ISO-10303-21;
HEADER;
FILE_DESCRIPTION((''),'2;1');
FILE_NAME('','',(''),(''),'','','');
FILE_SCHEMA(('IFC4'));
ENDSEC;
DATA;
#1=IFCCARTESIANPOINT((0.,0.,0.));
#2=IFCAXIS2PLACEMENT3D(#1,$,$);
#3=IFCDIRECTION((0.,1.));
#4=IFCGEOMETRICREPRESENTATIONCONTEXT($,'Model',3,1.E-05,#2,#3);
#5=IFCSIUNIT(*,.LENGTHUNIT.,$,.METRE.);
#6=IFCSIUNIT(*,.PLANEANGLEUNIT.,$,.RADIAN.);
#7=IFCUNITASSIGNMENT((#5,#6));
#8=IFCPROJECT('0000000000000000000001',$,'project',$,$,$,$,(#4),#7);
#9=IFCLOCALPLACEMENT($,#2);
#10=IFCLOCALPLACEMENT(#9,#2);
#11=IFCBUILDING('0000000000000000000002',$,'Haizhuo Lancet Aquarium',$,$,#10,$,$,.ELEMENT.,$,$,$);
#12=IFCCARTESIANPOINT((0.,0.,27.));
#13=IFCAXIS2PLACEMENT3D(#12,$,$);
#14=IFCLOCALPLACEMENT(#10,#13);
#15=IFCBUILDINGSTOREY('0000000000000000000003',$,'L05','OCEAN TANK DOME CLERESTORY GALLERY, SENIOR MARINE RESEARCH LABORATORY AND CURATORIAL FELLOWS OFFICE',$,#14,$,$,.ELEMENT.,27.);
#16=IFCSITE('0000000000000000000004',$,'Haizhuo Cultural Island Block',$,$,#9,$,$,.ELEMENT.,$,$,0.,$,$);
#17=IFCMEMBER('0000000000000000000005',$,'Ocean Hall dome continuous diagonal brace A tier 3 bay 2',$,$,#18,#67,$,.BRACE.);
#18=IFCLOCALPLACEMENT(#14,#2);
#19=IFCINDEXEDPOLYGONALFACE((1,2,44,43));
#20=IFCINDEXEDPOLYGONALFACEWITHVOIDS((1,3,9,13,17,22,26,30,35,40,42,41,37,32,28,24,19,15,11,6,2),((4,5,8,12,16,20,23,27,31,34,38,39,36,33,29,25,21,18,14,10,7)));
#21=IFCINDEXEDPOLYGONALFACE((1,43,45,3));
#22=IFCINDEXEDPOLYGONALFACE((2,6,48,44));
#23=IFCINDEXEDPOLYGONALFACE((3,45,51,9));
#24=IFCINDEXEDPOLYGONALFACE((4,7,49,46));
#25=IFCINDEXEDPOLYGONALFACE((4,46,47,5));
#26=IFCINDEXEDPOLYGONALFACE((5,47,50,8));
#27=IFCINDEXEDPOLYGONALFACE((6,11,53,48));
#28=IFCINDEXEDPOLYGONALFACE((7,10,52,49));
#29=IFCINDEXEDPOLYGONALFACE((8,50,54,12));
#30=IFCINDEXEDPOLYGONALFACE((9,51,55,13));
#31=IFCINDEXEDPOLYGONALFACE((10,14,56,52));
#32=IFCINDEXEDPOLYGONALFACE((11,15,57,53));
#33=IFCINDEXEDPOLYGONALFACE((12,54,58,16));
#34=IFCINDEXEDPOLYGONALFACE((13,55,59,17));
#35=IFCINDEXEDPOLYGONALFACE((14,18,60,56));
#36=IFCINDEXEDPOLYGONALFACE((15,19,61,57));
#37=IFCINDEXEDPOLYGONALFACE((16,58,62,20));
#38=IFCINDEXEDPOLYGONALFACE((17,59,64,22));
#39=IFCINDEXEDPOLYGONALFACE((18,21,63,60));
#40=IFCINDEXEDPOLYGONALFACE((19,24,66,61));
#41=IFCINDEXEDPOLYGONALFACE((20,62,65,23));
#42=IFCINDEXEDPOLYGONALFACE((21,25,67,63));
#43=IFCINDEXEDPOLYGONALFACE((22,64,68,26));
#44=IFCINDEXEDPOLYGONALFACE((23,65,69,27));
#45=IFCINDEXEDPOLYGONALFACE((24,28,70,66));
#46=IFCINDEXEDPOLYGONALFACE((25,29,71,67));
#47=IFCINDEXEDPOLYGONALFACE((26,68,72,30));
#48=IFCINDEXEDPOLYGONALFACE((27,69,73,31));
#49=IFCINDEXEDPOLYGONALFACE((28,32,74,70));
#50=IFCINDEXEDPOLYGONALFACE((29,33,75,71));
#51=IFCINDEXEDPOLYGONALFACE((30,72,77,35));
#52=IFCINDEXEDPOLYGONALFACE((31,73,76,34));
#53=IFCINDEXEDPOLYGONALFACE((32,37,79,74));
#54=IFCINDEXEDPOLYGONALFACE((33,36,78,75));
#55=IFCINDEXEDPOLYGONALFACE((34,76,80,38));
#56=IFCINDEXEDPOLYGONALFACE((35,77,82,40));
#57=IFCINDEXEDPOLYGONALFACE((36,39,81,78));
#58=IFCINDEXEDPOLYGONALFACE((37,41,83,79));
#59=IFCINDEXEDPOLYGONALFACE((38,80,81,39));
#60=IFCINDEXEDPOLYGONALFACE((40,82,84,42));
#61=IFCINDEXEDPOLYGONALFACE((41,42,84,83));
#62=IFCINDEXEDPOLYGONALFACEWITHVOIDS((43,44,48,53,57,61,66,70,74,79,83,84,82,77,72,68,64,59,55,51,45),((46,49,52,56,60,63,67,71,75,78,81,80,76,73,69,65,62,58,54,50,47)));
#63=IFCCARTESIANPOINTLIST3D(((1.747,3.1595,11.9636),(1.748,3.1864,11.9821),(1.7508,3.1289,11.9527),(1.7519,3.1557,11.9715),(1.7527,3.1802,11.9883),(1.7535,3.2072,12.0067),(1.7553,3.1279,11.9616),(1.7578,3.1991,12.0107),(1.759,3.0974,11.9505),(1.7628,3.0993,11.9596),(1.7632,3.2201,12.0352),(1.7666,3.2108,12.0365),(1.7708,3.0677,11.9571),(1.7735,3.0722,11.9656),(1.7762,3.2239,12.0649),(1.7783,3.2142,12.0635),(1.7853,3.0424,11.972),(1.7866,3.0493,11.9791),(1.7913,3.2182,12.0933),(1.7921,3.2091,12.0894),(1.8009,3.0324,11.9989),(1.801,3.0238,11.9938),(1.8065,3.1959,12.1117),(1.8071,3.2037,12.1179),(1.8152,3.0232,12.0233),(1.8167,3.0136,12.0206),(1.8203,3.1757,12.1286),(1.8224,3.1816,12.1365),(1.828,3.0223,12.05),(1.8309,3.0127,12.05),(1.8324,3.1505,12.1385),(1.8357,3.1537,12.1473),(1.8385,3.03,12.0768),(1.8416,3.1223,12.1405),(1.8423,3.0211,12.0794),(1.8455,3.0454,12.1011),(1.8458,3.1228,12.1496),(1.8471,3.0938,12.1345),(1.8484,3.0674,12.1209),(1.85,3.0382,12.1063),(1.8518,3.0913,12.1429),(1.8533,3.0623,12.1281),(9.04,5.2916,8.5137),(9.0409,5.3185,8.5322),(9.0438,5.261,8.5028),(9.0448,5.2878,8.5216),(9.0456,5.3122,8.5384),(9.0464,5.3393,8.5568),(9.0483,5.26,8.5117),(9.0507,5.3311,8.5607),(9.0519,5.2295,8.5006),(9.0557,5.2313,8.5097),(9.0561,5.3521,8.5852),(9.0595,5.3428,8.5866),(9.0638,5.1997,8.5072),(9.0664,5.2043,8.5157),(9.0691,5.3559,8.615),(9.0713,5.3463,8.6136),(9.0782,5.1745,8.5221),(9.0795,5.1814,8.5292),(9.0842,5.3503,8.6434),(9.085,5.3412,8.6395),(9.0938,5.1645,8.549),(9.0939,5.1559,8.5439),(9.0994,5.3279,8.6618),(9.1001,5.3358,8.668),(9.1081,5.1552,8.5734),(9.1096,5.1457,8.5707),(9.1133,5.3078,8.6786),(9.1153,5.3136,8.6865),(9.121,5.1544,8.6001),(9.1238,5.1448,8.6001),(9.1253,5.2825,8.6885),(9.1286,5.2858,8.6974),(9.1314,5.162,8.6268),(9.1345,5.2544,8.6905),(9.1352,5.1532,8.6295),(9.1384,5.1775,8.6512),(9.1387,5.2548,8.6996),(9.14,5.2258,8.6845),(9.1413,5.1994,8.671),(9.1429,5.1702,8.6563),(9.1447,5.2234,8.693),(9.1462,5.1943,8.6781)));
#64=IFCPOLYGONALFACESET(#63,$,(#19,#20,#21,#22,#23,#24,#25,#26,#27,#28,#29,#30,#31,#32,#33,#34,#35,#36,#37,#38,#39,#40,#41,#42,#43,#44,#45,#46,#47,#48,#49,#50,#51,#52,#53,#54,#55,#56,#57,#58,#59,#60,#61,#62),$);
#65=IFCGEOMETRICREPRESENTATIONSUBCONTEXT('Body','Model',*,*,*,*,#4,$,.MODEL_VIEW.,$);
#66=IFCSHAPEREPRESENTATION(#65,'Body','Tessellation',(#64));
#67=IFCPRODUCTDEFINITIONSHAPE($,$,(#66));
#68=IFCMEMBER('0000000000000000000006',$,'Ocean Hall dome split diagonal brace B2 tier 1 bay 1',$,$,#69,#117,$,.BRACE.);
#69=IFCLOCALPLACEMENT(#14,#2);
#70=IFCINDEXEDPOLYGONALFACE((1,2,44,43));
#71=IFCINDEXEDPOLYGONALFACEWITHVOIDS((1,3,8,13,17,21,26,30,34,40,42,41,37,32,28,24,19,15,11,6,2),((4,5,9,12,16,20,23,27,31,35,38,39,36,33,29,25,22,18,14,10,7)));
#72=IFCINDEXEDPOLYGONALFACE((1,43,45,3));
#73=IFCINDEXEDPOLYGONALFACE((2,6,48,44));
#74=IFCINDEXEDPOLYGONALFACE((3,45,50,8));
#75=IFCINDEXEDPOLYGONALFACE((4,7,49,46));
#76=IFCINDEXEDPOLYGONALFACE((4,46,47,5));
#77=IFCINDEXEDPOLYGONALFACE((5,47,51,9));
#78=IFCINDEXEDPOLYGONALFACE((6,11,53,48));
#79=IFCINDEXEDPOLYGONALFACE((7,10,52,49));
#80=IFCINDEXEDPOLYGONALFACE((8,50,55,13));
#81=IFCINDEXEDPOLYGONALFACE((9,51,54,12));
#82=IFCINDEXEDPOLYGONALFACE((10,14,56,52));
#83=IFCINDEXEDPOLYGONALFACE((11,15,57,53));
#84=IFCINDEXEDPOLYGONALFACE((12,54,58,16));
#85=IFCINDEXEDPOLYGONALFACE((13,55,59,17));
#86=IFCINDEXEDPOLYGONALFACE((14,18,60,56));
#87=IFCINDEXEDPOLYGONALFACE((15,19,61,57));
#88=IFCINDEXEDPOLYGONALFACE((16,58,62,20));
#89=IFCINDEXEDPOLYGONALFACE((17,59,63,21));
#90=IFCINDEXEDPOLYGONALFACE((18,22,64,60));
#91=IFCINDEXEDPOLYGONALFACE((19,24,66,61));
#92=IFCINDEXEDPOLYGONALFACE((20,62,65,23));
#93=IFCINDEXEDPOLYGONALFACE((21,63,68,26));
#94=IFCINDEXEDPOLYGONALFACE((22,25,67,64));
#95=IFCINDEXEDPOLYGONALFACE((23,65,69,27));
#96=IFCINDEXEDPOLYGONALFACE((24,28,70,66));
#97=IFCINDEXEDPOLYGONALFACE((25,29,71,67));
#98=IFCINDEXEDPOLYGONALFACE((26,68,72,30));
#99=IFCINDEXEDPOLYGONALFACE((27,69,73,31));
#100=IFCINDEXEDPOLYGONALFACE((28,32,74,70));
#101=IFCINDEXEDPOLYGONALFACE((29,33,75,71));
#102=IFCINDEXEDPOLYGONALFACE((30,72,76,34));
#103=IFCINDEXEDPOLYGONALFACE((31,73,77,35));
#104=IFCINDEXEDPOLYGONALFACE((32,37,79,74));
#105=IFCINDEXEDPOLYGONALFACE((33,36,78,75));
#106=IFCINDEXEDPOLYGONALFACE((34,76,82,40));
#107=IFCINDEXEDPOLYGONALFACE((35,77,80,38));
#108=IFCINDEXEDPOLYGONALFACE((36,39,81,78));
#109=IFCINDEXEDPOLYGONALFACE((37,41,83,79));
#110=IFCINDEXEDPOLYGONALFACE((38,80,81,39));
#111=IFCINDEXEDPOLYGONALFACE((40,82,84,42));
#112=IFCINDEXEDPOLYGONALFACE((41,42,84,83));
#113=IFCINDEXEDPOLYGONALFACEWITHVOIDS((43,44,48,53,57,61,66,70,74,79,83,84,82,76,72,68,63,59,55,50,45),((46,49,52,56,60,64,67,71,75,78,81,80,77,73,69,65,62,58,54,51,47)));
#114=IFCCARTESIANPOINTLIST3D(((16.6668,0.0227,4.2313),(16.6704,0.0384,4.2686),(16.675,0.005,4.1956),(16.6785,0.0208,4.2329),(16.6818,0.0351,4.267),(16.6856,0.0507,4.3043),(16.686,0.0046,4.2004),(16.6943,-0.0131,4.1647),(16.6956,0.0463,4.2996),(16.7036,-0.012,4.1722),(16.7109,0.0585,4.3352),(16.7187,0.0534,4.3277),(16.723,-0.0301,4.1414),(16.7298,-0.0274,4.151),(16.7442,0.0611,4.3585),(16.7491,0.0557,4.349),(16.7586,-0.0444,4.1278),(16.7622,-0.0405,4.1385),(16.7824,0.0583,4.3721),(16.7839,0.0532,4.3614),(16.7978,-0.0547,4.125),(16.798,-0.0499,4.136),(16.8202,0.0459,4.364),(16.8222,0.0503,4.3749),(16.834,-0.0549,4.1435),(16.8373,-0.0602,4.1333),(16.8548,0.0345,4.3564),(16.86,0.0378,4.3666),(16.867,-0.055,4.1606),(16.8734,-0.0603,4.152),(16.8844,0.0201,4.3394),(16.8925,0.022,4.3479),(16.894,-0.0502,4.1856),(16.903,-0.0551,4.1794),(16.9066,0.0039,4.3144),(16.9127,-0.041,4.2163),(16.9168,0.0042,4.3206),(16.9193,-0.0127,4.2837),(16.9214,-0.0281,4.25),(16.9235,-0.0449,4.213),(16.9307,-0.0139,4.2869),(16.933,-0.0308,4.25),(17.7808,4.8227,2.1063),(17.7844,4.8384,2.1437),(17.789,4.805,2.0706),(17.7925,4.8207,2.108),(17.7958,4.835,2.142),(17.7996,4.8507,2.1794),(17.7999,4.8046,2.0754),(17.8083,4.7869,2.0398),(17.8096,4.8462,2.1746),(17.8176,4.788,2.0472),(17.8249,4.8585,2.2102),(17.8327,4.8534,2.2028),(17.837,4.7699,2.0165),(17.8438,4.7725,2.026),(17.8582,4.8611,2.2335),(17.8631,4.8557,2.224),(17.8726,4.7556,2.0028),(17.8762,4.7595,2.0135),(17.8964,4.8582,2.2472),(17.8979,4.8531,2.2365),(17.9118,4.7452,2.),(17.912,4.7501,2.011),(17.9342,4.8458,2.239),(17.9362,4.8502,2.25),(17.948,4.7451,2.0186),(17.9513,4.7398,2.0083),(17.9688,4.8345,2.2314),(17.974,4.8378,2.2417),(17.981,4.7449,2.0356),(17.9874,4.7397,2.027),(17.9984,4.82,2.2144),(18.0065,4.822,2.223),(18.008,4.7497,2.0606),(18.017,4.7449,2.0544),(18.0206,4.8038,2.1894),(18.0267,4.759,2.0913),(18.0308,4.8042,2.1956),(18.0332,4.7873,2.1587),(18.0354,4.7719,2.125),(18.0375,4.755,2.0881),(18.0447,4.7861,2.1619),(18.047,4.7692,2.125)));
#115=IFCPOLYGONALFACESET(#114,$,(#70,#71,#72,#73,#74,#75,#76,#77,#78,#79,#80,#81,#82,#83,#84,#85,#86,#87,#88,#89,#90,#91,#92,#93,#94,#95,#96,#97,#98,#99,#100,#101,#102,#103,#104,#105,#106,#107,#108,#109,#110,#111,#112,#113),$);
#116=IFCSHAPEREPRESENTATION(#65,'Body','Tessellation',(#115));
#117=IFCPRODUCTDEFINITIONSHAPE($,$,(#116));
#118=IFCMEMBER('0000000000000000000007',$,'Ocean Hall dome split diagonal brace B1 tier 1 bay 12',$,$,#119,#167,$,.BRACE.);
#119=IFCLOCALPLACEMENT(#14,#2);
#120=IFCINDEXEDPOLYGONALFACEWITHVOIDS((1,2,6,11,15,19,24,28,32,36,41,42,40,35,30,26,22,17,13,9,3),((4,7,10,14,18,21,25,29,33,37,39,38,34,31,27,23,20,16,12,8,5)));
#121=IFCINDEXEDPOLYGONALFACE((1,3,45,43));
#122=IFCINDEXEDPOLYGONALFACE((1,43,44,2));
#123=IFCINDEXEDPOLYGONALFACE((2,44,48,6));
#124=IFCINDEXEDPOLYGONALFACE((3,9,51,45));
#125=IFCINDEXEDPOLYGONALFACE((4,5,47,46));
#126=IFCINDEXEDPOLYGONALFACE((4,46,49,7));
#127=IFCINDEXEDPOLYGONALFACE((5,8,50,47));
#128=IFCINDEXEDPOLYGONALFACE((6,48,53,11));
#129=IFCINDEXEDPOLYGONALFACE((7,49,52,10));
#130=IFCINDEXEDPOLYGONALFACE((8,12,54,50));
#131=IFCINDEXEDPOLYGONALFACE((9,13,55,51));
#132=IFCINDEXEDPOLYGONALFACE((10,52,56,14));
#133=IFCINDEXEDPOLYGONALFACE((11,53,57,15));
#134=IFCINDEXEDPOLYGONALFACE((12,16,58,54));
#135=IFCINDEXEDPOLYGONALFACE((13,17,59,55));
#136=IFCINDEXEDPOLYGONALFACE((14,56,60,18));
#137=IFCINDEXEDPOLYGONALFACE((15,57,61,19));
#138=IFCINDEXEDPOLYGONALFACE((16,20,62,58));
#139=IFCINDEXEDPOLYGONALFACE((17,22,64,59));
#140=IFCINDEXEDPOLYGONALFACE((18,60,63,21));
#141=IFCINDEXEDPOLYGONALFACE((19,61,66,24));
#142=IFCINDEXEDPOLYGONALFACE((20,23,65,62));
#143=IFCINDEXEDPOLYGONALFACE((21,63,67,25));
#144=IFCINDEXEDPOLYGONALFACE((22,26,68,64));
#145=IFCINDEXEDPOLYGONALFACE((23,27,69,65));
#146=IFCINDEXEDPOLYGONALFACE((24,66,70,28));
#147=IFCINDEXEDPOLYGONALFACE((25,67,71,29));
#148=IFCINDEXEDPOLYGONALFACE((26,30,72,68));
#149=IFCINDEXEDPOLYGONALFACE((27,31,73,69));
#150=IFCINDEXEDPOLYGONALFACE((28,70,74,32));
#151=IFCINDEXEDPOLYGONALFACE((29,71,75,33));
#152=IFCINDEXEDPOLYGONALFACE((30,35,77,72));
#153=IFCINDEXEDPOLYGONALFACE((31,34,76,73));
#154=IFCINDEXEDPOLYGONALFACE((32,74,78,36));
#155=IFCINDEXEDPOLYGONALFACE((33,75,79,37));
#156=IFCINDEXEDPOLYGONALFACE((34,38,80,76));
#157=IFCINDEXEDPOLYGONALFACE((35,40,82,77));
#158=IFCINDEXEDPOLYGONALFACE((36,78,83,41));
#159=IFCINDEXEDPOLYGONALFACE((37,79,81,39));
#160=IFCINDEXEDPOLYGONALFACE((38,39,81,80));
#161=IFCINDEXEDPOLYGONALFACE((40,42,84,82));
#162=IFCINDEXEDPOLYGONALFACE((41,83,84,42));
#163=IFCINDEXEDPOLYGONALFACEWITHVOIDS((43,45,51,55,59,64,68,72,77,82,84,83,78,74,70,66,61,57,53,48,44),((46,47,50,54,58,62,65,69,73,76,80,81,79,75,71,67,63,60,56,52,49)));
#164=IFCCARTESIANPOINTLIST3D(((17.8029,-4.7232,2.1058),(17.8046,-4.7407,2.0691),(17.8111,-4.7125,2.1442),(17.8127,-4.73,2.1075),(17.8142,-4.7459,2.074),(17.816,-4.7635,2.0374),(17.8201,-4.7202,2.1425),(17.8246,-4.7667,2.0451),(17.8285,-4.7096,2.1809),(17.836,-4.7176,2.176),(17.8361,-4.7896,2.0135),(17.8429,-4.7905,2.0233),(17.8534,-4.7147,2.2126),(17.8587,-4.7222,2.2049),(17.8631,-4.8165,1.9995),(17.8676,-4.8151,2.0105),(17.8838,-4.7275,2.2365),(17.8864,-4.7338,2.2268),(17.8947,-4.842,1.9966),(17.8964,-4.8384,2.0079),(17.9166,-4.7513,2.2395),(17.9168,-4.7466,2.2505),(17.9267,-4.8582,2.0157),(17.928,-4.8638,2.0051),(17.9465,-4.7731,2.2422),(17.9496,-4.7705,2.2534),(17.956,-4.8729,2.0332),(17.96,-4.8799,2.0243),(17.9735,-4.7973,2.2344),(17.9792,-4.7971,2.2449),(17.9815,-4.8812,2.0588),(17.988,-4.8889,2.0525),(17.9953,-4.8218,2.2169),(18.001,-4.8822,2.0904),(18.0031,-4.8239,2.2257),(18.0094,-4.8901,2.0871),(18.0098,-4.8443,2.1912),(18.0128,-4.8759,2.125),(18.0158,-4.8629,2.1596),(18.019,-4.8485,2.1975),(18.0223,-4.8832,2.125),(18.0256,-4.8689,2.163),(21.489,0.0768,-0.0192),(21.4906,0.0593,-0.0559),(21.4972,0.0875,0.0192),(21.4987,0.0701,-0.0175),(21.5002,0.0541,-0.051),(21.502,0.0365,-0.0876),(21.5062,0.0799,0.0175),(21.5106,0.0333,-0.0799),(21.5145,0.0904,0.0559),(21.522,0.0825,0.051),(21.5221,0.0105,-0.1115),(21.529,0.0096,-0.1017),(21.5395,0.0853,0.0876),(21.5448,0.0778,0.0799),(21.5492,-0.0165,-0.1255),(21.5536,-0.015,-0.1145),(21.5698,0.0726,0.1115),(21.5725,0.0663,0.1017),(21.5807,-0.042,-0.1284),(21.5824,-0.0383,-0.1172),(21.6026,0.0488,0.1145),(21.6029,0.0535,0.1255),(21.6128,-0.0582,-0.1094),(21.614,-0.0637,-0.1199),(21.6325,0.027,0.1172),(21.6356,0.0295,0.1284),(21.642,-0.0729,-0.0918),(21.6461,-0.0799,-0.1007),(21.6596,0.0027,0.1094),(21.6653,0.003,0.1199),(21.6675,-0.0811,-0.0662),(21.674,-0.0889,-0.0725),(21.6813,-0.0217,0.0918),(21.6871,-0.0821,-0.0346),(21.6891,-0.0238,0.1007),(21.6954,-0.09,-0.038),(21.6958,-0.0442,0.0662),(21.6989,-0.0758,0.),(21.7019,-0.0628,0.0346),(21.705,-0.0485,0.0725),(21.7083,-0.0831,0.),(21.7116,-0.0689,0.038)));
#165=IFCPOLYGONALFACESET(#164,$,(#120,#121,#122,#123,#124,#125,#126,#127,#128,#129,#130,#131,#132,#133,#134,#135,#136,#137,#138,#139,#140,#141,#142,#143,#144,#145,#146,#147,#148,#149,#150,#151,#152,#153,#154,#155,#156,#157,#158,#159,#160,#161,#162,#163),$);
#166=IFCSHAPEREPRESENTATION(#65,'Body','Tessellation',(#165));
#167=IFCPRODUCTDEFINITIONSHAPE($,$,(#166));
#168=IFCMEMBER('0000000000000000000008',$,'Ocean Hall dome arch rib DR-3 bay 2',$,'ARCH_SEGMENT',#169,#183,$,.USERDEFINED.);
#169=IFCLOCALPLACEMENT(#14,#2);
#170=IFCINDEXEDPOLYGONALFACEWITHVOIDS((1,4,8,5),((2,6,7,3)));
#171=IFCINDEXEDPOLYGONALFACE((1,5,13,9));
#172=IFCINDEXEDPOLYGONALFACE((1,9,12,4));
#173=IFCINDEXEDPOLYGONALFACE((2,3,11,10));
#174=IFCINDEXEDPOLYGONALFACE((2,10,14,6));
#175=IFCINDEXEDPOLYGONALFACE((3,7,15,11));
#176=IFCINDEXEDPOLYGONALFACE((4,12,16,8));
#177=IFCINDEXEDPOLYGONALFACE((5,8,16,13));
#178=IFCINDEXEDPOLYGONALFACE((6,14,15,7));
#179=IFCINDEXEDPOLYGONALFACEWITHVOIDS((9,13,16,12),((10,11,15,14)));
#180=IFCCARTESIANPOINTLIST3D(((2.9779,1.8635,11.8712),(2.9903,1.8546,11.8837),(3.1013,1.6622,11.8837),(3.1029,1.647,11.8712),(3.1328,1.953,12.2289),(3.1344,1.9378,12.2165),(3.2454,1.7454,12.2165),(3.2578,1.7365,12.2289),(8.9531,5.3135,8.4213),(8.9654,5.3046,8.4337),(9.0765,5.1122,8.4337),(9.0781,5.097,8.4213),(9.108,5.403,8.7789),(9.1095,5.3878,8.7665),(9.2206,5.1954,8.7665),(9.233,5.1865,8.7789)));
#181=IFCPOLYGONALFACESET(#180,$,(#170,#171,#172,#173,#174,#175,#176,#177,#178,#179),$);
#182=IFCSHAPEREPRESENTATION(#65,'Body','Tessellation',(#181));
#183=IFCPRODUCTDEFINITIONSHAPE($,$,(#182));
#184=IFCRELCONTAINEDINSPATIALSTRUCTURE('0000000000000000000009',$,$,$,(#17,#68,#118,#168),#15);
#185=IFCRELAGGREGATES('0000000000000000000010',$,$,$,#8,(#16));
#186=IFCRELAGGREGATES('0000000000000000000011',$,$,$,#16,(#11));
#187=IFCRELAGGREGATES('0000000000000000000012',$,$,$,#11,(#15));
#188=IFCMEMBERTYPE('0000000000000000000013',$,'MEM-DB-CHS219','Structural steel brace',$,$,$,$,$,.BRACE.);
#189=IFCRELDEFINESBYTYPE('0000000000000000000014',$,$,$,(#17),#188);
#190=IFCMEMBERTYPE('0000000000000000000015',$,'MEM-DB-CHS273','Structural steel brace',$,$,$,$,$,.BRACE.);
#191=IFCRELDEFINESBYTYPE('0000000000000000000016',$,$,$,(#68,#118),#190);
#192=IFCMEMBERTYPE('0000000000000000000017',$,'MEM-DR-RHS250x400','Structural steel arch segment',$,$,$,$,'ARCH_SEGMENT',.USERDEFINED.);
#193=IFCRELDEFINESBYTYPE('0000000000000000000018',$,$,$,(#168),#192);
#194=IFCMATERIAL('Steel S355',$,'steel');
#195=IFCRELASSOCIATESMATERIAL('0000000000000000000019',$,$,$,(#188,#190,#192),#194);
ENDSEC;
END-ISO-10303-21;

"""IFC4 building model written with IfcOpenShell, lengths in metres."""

from ifc_helpers import new_model, si_unit, direction, frame, origin, origin_2d, place, context, subcontext, project, spatial, hollow_rectangle, hollow_circle, extrude, material, material_profile, profile_set, type_object, element, save


model = new_model("IFC4")

# Units and contexts
model_context = context("Model", 3, precision=1e-05, world=origin(), true_north=direction((0.0, 1.0)))
body_context = subcontext(model_context, "Body", "Model", "MODEL_VIEW")
ifc_project = project(units=[si_unit("LENGTHUNIT", "METRE"), si_unit("PLANEANGLEUNIT", "RADIAN")], contexts=[model_context])

# Site, building, storey
site_placement = place(None, origin())
site = spatial("IfcSite", under=ifc_project, at=site_placement, Name="Haizhuo Cultural Island Block", CompositionType="ELEMENT", RefElevation=0.0)
building_placement = place(site_placement, origin())
building = spatial("IfcBuilding", under=site, at=building_placement, Name="Haizhuo Lancet Aquarium", CompositionType="ELEMENT")
storey_placement = place(building_placement, frame((0.0, 0.0, 27.0)))
storey = spatial("IfcBuildingStorey", under=building, at=storey_placement, Name="L05", Description="OCEAN TANK DOME CLERESTORY GALLERY, SENIOR MARINE RESEARCH LABORATORY AND CURATORIAL FELLOWS OFFICE", CompositionType="ELEMENT", Elevation=27.0)

# Members
ifc_material_1 = material(Name="Steel S355", Category="steel")
ifc_material_profile_1 = material_profile(ifc_material_1, hollow_circle(Radius=0.1096, WallThickness=0.01, at=origin_2d()), Name="CHS 219x10")
ifc_profile_set_1 = profile_set([ifc_material_profile_1], Name="Steel S355")
member_type_1 = type_object("IfcMemberType", Name="MEM-DB-CHS219", Description="Structural steel brace", PredefinedType="BRACE", material=ifc_profile_set_1)
member_1_placement = place(storey_placement, frame((9.093, 5.25, 8.6001), z_axis=(-0.873956, -0.255499, 0.413426), x_axis=(0.280602, -0.959824, 0.0)))
element("IfcMember", 1, at=member_1_placement, inside=storey, type_object=member_type_1, Name="Ocean Hall dome continuous diagonal brace A tier 3 bay 2", PredefinedType="BRACE", context=body_context, shape_type="SweptSolid", body=[
    extrude(hollow_circle(Radius=0.1096, WallThickness=0.01, at=origin_2d()), origin(), (0.0, 0.0, 1.0), 8.3447),
])
ifc_material_profile_2 = material_profile(ifc_material_1, hollow_circle(Radius=0.1365, WallThickness=0.012, at=origin_2d()), Name="CHS 273x12")
ifc_profile_set_2 = profile_set([ifc_material_profile_2], Name="Steel S355")
member_type_2 = type_object("IfcMemberType", Name="MEM-DB-CHS273", Description="Structural steel brace", PredefinedType="BRACE", material=ifc_profile_set_2)
member_2_placement = place(storey_placement, frame((17.9141, 4.8, 2.125), z_axis=(-0.207595, -0.894481, 0.39599), x_axis=(0.97411, -0.226075, 0.0)))
element("IfcMember", 2, at=member_2_placement, inside=storey, type_object=member_type_2, Name="Ocean Hall dome split diagonal brace B2 tier 1 bay 1", PredefinedType="BRACE", context=body_context, shape_type="SweptSolid", body=[
    extrude(hollow_circle(Radius=0.1365, WallThickness=0.012, at=origin_2d()), origin(), (0.0, 0.0, 1.0), 5.3662),
])
member_3_placement = place(storey_placement, frame((21.6001, 0.0, 0.0), z_axis=(-0.574661, -0.748338, 0.331292), x_axis=(0.793128, -0.609056, 0.0)))
element("IfcMember", 3, at=member_3_placement, inside=storey, type_object=member_type_2, Name="Ocean Hall dome split diagonal brace B1 tier 1 bay 12", PredefinedType="BRACE", context=body_context, shape_type="SweptSolid", body=[
    extrude(hollow_circle(Radius=0.1365, WallThickness=0.012, at=origin_2d()), origin(), (0.0, 0.0, 1.0), 6.4143),
])
ifc_material_profile_3 = material_profile(ifc_material_1, hollow_rectangle(XDim=0.25, YDim=0.3999, WallThickness=0.0139, at=origin_2d()), Name="RHS 250x400x14")
ifc_profile_set_3 = profile_set([ifc_material_profile_3], Name="Steel S355")
member_type_3 = type_object("IfcMemberType", Name="MEM-DR-RHS250x400", Description="Structural steel arch segment", ElementType="ARCH_SEGMENT", PredefinedType="USERDEFINED", material=ifc_profile_set_3)
member_4_placement = place(storey_placement, frame((9.093, 5.25, 8.6001), z_axis=(-0.774576, -0.447231, 0.447231), x_axis=(0.500025, -0.866011, 0.0)))
element("IfcMember", 4, at=member_4_placement, inside=storey, type_object=member_type_3, Name="Ocean Hall dome arch rib DR-3 bay 2", ObjectType="ARCH_SEGMENT", PredefinedType="USERDEFINED", context=body_context, shape_type="SweptSolid", body=[
    extrude(hollow_rectangle(XDim=0.25, YDim=0.3999, WallThickness=0.0139, at=origin_2d()), origin(), (0.0, 0.0, 1.0), 7.7141),
])

save(model, "model.ifc")
